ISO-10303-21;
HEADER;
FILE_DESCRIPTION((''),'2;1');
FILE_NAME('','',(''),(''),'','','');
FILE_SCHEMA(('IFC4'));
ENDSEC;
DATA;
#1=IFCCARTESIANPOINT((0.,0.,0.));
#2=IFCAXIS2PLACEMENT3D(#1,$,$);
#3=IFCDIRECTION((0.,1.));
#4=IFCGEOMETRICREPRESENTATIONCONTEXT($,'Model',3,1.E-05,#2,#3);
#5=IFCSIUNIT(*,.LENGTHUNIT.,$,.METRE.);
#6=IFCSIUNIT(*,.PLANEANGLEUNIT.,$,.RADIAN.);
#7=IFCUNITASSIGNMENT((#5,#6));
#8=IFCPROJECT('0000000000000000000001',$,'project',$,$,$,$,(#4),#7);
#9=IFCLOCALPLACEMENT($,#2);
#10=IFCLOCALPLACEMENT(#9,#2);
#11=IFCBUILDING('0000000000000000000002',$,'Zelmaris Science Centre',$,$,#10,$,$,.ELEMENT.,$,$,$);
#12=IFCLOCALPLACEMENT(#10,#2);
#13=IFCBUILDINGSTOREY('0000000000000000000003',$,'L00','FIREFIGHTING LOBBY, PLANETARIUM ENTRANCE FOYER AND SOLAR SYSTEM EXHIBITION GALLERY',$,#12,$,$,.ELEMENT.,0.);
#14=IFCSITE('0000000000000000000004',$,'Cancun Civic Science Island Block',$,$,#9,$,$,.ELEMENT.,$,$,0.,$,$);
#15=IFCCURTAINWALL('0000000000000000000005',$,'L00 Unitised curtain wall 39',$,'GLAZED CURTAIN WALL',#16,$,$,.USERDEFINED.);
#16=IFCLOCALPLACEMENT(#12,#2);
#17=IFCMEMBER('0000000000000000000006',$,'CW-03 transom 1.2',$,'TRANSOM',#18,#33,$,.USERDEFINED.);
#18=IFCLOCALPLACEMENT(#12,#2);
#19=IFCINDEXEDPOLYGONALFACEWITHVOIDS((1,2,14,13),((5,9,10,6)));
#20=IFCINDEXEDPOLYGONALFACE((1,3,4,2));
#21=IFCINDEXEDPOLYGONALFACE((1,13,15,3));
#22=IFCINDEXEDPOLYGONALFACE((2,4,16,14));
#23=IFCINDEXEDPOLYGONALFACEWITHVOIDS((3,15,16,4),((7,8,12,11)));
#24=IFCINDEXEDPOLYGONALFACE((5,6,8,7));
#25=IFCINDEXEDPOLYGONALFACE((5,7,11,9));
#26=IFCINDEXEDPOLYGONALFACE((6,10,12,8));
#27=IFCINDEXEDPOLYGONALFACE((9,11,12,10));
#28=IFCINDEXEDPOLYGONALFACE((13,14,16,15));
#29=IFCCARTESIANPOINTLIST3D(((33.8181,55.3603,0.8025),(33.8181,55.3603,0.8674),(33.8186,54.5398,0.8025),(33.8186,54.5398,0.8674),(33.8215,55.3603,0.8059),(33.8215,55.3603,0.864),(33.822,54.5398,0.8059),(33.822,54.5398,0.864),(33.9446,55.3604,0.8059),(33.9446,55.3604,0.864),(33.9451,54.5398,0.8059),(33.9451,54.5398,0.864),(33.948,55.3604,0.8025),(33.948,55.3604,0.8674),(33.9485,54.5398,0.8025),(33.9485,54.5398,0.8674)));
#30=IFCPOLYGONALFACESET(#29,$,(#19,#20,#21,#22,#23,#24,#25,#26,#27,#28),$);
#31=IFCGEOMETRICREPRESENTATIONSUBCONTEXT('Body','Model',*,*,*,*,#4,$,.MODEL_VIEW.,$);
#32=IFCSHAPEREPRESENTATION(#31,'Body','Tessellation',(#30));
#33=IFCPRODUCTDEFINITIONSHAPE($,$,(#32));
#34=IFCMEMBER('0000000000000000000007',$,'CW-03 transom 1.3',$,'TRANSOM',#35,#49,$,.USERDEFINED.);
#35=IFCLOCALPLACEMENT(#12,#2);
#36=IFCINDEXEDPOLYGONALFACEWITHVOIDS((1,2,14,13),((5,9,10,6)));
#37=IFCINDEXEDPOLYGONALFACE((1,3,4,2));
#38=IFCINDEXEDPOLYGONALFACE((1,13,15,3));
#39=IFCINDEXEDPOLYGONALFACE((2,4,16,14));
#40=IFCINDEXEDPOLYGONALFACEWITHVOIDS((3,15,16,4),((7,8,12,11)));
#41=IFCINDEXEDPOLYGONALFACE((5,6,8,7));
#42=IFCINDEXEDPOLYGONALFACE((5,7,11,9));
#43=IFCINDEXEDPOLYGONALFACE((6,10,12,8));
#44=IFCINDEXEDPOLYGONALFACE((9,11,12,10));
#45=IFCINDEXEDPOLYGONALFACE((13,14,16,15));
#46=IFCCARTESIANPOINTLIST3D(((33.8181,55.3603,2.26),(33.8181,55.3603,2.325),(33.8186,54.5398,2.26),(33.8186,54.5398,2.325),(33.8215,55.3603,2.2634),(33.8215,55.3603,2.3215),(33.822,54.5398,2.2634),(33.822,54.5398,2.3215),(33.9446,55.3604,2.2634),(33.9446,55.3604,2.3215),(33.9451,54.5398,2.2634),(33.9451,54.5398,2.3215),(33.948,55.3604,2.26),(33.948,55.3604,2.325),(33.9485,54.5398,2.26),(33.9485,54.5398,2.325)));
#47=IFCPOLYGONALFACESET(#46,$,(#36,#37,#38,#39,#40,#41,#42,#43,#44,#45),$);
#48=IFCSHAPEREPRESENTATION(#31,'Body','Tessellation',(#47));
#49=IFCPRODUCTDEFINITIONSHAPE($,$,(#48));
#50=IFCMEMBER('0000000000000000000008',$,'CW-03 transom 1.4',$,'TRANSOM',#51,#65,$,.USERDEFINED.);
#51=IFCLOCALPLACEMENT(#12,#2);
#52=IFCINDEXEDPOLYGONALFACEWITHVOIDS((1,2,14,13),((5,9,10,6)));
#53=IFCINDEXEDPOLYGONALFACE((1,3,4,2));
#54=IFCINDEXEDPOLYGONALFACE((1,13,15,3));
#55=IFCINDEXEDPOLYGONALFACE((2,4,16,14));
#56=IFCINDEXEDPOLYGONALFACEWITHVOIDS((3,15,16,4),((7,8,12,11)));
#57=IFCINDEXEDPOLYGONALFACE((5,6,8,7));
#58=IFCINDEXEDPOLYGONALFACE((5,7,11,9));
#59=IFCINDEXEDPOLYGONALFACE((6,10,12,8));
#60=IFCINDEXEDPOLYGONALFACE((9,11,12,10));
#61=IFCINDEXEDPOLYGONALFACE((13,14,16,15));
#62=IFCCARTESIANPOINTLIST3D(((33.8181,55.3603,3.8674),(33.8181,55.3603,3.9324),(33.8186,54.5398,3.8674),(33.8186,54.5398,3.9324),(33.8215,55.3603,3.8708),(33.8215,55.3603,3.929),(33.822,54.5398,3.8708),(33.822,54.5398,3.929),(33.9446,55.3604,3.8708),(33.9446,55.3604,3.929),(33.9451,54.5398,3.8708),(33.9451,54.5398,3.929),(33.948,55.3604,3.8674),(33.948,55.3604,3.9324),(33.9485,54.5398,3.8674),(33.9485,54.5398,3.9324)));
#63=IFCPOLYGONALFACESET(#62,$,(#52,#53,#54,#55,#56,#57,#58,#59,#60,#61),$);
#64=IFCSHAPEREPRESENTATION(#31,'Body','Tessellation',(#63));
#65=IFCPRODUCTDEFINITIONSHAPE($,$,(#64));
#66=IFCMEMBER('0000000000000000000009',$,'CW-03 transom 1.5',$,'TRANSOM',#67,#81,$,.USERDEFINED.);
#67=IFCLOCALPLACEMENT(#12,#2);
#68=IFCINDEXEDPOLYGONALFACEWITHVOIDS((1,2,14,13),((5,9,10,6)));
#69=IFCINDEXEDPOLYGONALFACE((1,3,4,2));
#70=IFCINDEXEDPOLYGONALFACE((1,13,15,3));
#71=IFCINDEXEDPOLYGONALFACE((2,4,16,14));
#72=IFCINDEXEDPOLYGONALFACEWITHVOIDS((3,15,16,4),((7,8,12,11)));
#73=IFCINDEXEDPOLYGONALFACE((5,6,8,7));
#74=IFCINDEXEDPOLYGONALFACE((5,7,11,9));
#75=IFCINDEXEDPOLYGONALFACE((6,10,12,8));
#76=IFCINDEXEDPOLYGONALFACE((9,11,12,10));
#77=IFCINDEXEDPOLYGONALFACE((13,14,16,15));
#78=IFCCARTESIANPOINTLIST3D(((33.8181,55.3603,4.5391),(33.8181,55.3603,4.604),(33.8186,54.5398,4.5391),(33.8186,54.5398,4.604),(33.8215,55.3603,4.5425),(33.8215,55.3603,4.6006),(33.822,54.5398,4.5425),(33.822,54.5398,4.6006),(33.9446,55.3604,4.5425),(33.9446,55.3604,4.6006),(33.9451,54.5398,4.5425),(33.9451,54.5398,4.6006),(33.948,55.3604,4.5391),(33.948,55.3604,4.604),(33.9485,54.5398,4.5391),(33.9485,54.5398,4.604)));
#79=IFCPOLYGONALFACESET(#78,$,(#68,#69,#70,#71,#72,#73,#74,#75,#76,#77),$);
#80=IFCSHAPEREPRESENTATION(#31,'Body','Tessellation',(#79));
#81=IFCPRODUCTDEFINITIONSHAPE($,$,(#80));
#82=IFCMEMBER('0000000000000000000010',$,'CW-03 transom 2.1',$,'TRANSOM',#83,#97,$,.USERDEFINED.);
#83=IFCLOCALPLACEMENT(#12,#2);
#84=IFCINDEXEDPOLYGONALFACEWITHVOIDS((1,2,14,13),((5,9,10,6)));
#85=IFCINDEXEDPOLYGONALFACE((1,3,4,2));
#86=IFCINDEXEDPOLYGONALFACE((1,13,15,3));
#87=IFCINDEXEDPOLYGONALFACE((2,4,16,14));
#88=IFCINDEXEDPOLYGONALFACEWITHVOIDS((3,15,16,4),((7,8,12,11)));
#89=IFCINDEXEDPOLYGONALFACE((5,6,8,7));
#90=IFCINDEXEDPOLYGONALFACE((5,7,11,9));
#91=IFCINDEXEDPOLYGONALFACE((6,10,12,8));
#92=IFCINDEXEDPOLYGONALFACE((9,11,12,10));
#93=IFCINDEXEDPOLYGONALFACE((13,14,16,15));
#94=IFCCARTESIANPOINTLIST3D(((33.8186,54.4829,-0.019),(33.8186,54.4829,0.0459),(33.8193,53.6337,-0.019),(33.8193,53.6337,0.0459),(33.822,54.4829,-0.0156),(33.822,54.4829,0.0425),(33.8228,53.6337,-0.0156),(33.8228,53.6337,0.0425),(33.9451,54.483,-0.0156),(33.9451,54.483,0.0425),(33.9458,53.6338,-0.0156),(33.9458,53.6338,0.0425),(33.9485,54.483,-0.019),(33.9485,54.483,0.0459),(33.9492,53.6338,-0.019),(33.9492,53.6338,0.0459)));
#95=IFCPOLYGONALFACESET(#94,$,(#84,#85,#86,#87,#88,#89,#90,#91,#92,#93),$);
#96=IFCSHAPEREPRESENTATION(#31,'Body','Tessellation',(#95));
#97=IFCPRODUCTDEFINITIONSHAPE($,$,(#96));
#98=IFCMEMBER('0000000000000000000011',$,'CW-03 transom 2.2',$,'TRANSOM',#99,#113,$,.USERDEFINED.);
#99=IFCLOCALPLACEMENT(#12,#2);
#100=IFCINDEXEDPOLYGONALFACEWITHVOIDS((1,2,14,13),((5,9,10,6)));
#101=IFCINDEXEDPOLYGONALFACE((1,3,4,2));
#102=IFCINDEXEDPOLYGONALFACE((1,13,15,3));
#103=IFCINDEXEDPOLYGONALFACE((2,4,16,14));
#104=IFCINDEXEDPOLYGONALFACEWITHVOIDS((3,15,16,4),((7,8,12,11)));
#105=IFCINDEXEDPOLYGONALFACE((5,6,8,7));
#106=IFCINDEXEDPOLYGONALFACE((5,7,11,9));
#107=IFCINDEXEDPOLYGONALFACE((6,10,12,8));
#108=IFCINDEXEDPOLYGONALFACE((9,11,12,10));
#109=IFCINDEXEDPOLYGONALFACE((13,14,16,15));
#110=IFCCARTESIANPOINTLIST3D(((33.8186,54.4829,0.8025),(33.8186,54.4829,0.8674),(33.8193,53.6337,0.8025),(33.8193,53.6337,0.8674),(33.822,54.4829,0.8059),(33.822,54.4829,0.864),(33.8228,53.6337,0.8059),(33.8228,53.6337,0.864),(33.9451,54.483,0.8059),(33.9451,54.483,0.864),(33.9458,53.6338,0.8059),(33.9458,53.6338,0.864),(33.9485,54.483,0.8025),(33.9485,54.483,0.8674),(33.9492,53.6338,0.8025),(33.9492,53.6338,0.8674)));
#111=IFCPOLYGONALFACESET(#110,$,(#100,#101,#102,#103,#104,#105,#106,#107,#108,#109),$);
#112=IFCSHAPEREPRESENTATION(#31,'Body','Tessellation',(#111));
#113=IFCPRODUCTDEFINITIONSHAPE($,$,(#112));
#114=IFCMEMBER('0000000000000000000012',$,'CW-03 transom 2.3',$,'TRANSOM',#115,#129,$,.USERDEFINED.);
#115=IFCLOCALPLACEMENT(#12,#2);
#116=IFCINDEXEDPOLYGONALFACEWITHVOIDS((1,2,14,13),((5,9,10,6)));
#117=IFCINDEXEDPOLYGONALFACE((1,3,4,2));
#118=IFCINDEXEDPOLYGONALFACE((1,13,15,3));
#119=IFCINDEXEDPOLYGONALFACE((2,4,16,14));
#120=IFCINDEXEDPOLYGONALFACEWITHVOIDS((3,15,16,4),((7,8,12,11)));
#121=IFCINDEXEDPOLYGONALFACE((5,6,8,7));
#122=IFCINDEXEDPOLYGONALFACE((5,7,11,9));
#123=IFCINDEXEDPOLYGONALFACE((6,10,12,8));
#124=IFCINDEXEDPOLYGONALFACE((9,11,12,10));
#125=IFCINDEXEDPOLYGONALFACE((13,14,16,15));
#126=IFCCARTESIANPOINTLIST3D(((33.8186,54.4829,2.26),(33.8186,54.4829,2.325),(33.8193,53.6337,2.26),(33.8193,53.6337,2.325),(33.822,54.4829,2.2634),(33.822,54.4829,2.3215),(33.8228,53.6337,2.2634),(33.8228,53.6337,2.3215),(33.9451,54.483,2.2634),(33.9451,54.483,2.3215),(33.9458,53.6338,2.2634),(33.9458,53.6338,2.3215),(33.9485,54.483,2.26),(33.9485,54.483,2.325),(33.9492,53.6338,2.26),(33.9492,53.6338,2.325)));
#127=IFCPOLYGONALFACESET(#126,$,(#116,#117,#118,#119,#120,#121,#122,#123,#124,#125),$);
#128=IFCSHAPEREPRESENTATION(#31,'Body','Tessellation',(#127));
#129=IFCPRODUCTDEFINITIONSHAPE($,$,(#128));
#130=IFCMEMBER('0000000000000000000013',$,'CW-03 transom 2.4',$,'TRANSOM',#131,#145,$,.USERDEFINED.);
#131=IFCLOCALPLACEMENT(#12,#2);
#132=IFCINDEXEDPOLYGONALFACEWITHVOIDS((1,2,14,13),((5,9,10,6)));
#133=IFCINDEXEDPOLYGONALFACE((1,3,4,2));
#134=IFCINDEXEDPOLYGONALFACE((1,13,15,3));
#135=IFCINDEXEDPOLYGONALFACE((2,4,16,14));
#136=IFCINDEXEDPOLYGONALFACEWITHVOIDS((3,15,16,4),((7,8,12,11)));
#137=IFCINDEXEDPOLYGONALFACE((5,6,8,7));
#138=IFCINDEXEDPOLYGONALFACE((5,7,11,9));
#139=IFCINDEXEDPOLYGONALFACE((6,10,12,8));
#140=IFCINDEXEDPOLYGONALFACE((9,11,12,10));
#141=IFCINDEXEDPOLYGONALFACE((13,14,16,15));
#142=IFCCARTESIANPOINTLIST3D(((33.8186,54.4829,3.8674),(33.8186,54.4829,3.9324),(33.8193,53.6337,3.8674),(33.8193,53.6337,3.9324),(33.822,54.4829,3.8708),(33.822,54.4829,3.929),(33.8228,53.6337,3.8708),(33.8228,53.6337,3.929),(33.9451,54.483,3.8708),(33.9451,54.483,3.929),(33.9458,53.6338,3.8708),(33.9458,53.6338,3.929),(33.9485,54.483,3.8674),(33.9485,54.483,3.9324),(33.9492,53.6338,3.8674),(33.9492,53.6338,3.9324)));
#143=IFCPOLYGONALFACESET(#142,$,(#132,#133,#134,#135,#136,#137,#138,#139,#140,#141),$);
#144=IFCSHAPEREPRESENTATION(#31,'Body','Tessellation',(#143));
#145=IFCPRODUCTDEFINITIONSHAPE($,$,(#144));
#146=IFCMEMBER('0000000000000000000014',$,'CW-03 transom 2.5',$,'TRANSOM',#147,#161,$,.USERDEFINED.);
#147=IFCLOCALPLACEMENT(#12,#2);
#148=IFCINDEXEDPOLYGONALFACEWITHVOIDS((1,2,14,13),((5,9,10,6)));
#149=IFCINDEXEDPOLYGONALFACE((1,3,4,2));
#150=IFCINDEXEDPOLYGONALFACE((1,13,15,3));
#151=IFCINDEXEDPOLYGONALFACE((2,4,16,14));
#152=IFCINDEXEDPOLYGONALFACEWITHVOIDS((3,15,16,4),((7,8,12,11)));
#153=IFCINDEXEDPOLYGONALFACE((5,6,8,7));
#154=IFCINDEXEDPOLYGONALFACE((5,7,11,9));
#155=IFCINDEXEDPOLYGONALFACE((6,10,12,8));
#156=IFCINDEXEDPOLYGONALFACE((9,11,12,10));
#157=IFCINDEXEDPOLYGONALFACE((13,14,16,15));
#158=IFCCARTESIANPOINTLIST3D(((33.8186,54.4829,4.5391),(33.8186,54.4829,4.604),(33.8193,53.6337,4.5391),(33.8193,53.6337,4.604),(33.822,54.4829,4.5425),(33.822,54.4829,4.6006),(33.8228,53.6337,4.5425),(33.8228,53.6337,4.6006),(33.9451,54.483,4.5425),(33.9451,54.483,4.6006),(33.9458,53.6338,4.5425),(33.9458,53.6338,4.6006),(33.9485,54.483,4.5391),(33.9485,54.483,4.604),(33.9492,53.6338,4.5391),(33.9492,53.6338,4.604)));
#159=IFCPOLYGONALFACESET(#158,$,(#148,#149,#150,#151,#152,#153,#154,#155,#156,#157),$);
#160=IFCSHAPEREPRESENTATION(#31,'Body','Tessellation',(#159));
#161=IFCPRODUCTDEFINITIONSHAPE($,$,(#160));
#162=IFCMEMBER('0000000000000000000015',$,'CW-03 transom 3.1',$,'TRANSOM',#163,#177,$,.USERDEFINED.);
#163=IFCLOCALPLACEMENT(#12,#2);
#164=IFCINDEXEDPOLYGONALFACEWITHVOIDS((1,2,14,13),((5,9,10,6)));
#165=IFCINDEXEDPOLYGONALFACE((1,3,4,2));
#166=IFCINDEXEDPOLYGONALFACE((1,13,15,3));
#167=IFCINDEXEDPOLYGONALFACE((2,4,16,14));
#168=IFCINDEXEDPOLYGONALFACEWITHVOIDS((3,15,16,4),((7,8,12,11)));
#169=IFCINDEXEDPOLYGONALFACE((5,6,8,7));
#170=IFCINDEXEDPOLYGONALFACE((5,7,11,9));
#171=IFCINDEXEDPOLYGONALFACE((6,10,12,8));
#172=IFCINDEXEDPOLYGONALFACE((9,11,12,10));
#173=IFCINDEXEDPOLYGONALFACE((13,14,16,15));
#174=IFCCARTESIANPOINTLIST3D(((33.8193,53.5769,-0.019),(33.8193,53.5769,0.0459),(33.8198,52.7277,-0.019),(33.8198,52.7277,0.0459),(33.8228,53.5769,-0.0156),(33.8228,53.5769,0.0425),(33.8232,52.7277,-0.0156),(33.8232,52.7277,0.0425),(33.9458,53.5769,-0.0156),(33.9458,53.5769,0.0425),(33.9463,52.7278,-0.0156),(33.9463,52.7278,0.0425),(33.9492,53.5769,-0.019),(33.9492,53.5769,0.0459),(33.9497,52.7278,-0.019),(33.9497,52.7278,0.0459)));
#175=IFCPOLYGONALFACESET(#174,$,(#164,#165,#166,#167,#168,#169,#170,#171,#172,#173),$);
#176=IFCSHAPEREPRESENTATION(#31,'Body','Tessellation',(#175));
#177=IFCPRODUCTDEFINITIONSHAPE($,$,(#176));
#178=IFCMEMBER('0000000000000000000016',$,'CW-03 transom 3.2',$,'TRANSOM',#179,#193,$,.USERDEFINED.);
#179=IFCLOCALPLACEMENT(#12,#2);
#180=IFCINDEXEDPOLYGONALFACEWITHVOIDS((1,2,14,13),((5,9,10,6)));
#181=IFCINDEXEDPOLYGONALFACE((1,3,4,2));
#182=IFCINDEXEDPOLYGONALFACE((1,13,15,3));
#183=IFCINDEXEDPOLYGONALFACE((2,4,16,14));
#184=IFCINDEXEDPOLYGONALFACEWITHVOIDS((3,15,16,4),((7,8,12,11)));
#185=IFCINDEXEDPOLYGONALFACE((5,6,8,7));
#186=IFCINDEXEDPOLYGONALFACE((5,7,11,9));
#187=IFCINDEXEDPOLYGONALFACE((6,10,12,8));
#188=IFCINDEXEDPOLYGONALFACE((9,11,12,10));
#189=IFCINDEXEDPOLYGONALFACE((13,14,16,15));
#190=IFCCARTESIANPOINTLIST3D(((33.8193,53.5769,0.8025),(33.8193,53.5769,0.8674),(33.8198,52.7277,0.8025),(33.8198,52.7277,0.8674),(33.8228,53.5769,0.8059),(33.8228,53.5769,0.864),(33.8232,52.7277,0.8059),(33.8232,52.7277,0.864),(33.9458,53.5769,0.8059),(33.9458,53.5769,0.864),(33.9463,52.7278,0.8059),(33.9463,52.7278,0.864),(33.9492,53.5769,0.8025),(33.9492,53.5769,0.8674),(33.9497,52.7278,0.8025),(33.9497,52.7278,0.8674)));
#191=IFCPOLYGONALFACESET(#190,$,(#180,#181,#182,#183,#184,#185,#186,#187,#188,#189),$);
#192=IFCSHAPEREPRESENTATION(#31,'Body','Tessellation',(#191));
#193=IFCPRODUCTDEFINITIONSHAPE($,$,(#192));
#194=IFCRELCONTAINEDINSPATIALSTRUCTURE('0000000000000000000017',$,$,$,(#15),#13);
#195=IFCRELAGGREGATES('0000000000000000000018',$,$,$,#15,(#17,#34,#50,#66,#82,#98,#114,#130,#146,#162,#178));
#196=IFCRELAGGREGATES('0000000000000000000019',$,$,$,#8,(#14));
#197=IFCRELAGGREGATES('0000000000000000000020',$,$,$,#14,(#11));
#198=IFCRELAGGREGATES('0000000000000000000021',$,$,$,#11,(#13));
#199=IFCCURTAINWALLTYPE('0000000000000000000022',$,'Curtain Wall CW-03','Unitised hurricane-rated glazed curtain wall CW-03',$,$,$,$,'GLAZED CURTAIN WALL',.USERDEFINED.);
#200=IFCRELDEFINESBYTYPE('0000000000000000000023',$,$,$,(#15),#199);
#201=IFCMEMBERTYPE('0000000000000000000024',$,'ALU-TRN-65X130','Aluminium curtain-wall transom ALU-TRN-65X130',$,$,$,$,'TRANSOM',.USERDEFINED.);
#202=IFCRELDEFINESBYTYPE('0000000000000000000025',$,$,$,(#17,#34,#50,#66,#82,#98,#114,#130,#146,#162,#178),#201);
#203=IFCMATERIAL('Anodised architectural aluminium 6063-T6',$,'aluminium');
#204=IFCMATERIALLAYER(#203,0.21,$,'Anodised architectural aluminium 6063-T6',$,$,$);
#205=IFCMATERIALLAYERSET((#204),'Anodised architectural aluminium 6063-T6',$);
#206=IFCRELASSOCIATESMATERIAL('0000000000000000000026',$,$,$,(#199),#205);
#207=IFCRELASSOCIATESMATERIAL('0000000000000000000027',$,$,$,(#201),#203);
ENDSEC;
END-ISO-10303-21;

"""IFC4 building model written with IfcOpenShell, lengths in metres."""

from ifc_helpers import new_model, si_unit, direction, frame, origin, origin_2d, place, context, subcontext, project, spatial, hollow_rectangle, extrude, material, layer, layer_set, material_profile, profile_set, type_object, element, aggregate, save


model = new_model("IFC4")

# Units and contexts
model_context = context("Model", 3, precision=1e-05, world=origin(), true_north=direction((0.0, 1.0)))
body_context = subcontext(model_context, "Body", "Model", "MODEL_VIEW")
ifc_project = project(units=[si_unit("LENGTHUNIT", "METRE"), si_unit("PLANEANGLEUNIT", "RADIAN")], contexts=[model_context])

# Site, building, storey
site_placement = place(None, origin())
site = spatial("IfcSite", under=ifc_project, at=site_placement, Name="Cancun Civic Science Island Block", CompositionType="ELEMENT", RefElevation=0.0)
building_placement = place(site_placement, origin())
building = spatial("IfcBuilding", under=site, at=building_placement, Name="Zelmaris Science Centre", CompositionType="ELEMENT")
storey_placement = place(building_placement, origin())
storey = spatial("IfcBuildingStorey", under=building, at=storey_placement, Name="L00", Description="FIREFIGHTING LOBBY, PLANETARIUM ENTRANCE FOYER AND SOLAR SYSTEM EXHIBITION GALLERY", CompositionType="ELEMENT", Elevation=0.0)

# Curtain wall, members
ifc_material_1 = material(Name="Anodised architectural aluminium 6063-T6", Category="aluminium")
ifc_layer_1 = layer(ifc_material_1, 0.21, Name="Anodised architectural aluminium 6063-T6")
ifc_layer_set_1 = layer_set([ifc_layer_1], Name="Anodised architectural aluminium 6063-T6")
curtain_wall_type = type_object("IfcCurtainWallType", Name="Curtain Wall CW-03", Description="Unitised hurricane-rated glazed curtain wall CW-03", ElementType="GLAZED CURTAIN WALL", PredefinedType="USERDEFINED", material=ifc_layer_set_1)
curtain_wall_placement = place(storey_placement, origin())
curtain_wall = element("IfcCurtainWall", 1, at=curtain_wall_placement, inside=storey, type_object=curtain_wall_type, Name="L00 Unitised curtain wall 39", ObjectType="GLAZED CURTAIN WALL", PredefinedType="USERDEFINED")
ifc_material_profile_1 = material_profile(ifc_material_1, hollow_rectangle(XDim=0.0649, YDim=0.1299, WallThickness=0.0034, at=origin_2d()), Name="ALU-TRN-65X130")
ifc_profile_set_1 = profile_set([ifc_material_profile_1], Name="Anodised architectural aluminium 6063-T6")
member_type_1 = type_object("IfcMemberType", Name="ALU-TRN-65X130", Description="Aluminium curtain-wall transom ALU-TRN-65X130", ElementType="TRANSOM", PredefinedType="USERDEFINED", material=ifc_profile_set_1)
member_1_placement = place(storey_placement, frame((33.8831, 55.3604, 0.835), z_axis=(0.000595, -1.0, 0.0), x_axis=(0.0, 0.0, 1.0)))
member_1 = element("IfcMember", 2, at=member_1_placement, type_object=member_type_1, Name="CW-03 transom 1.2", ObjectType="TRANSOM", PredefinedType="USERDEFINED", context=body_context, shape_type="SweptSolid", body=[
    extrude(hollow_rectangle(XDim=0.0649, YDim=0.1299, WallThickness=0.0034, at=origin_2d()), origin(), (0.0, 0.0, 1.0), 0.8206),
])
member_2_placement = place(storey_placement, frame((33.8831, 55.3604, 2.2925), z_axis=(0.000595, -1.0, 0.0), x_axis=(0.0, 0.0, 1.0)))
member_2 = element("IfcMember", 3, at=member_2_placement, type_object=member_type_1, Name="CW-03 transom 1.3", ObjectType="TRANSOM", PredefinedType="USERDEFINED", context=body_context, shape_type="SweptSolid", body=[
    extrude(hollow_rectangle(XDim=0.0649, YDim=0.1299, WallThickness=0.0034, at=origin_2d()), origin(), (0.0, 0.0, 1.0), 0.8206),
])
member_3_placement = place(storey_placement, frame((33.8831, 55.3604, 3.8999), z_axis=(0.000595, -1.0, 0.0), x_axis=(0.0, 0.0, 1.0)))
member_3 = element("IfcMember", 4, at=member_3_placement, type_object=member_type_1, Name="CW-03 transom 1.4", ObjectType="TRANSOM", PredefinedType="USERDEFINED", context=body_context, shape_type="SweptSolid", body=[
    extrude(hollow_rectangle(XDim=0.0649, YDim=0.1299, WallThickness=0.0034, at=origin_2d()), origin(), (0.0, 0.0, 1.0), 0.8206),
])
member_4_placement = place(storey_placement, frame((33.8831, 55.3604, 4.5715), z_axis=(0.000595, -1.0, 0.0), x_axis=(0.0, 0.0, 1.0)))
member_4 = element("IfcMember", 5, at=member_4_placement, type_object=member_type_1, Name="CW-03 transom 1.5", ObjectType="TRANSOM", PredefinedType="USERDEFINED", context=body_context, shape_type="SweptSolid", body=[
    extrude(hollow_rectangle(XDim=0.0649, YDim=0.1299, WallThickness=0.0034, at=origin_2d()), origin(), (0.0, 0.0, 1.0), 0.8206),
])
member_5_placement = place(storey_placement, frame((33.8835, 54.4829, 0.0134), z_axis=(0.000863, -1.0, 0.0), x_axis=(0.0, 0.0, 1.0)))
member_5 = element("IfcMember", 6, at=member_5_placement, type_object=member_type_1, Name="CW-03 transom 2.1", ObjectType="TRANSOM", PredefinedType="USERDEFINED", context=body_context, shape_type="SweptSolid", body=[
    extrude(hollow_rectangle(XDim=0.0649, YDim=0.1299, WallThickness=0.0034, at=origin_2d()), origin(), (0.0, 0.0, 1.0), 0.8491),
])
member_6_placement = place(storey_placement, frame((33.8835, 54.4829, 0.835), z_axis=(0.000863, -1.0, 0.0), x_axis=(0.0, 0.0, 1.0)))
member_6 = element("IfcMember", 7, at=member_6_placement, type_object=member_type_1, Name="CW-03 transom 2.2", ObjectType="TRANSOM", PredefinedType="USERDEFINED", context=body_context, shape_type="SweptSolid", body=[
    extrude(hollow_rectangle(XDim=0.0649, YDim=0.1299, WallThickness=0.0034, at=origin_2d()), origin(), (0.0, 0.0, 1.0), 0.8491),
])
member_7_placement = place(storey_placement, frame((33.8835, 54.4829, 2.2925), z_axis=(0.000863, -1.0, 0.0), x_axis=(0.0, 0.0, 1.0)))
member_7 = element("IfcMember", 8, at=member_7_placement, type_object=member_type_1, Name="CW-03 transom 2.3", ObjectType="TRANSOM", PredefinedType="USERDEFINED", context=body_context, shape_type="SweptSolid", body=[
    extrude(hollow_rectangle(XDim=0.0649, YDim=0.1299, WallThickness=0.0034, at=origin_2d()), origin(), (0.0, 0.0, 1.0), 0.8491),
])
member_8_placement = place(storey_placement, frame((33.8835, 54.4829, 3.8999), z_axis=(0.000863, -1.0, 0.0), x_axis=(0.0, 0.0, 1.0)))
member_8 = element("IfcMember", 9, at=member_8_placement, type_object=member_type_1, Name="CW-03 transom 2.4", ObjectType="TRANSOM", PredefinedType="USERDEFINED", context=body_context, shape_type="SweptSolid", body=[
    extrude(hollow_rectangle(XDim=0.0649, YDim=0.1299, WallThickness=0.0034, at=origin_2d()), origin(), (0.0, 0.0, 1.0), 0.8491),
])
member_9_placement = place(storey_placement, frame((33.8835, 54.4829, 4.5715), z_axis=(0.000863, -1.0, 0.0), x_axis=(0.0, 0.0, 1.0)))
member_9 = element("IfcMember", 10, at=member_9_placement, type_object=member_type_1, Name="CW-03 transom 2.5", ObjectType="TRANSOM", PredefinedType="USERDEFINED", context=body_context, shape_type="SweptSolid", body=[
    extrude(hollow_rectangle(XDim=0.0649, YDim=0.1299, WallThickness=0.0034, at=origin_2d()), origin(), (0.0, 0.0, 1.0), 0.8491),
])
member_10_placement = place(storey_placement, frame((33.8843, 53.5769, 0.0134), z_axis=(0.000575, -1.0, 0.0), x_axis=(0.0, 0.0, 1.0)))
member_10 = element("IfcMember", 11, at=member_10_placement, type_object=member_type_1, Name="CW-03 transom 3.1", ObjectType="TRANSOM", PredefinedType="USERDEFINED", context=body_context, shape_type="SweptSolid", body=[
    extrude(hollow_rectangle(XDim=0.0649, YDim=0.1299, WallThickness=0.0034, at=origin_2d()), origin(), (0.0, 0.0, 1.0), 0.8491),
])
member_11_placement = place(storey_placement, frame((33.8843, 53.5769, 0.835), z_axis=(0.000575, -1.0, 0.0), x_axis=(0.0, 0.0, 1.0)))
member_11 = element("IfcMember", 12, at=member_11_placement, type_object=member_type_1, Name="CW-03 transom 3.2", ObjectType="TRANSOM", PredefinedType="USERDEFINED", context=body_context, shape_type="SweptSolid", body=[
    extrude(hollow_rectangle(XDim=0.0649, YDim=0.1299, WallThickness=0.0034, at=origin_2d()), origin(), (0.0, 0.0, 1.0), 0.8491),
])

aggregate(curtain_wall, [member_1, member_2, member_3, member_4, member_5, member_6, member_7, member_8, member_9, member_10, member_11])

save(model, "model.ifc")
